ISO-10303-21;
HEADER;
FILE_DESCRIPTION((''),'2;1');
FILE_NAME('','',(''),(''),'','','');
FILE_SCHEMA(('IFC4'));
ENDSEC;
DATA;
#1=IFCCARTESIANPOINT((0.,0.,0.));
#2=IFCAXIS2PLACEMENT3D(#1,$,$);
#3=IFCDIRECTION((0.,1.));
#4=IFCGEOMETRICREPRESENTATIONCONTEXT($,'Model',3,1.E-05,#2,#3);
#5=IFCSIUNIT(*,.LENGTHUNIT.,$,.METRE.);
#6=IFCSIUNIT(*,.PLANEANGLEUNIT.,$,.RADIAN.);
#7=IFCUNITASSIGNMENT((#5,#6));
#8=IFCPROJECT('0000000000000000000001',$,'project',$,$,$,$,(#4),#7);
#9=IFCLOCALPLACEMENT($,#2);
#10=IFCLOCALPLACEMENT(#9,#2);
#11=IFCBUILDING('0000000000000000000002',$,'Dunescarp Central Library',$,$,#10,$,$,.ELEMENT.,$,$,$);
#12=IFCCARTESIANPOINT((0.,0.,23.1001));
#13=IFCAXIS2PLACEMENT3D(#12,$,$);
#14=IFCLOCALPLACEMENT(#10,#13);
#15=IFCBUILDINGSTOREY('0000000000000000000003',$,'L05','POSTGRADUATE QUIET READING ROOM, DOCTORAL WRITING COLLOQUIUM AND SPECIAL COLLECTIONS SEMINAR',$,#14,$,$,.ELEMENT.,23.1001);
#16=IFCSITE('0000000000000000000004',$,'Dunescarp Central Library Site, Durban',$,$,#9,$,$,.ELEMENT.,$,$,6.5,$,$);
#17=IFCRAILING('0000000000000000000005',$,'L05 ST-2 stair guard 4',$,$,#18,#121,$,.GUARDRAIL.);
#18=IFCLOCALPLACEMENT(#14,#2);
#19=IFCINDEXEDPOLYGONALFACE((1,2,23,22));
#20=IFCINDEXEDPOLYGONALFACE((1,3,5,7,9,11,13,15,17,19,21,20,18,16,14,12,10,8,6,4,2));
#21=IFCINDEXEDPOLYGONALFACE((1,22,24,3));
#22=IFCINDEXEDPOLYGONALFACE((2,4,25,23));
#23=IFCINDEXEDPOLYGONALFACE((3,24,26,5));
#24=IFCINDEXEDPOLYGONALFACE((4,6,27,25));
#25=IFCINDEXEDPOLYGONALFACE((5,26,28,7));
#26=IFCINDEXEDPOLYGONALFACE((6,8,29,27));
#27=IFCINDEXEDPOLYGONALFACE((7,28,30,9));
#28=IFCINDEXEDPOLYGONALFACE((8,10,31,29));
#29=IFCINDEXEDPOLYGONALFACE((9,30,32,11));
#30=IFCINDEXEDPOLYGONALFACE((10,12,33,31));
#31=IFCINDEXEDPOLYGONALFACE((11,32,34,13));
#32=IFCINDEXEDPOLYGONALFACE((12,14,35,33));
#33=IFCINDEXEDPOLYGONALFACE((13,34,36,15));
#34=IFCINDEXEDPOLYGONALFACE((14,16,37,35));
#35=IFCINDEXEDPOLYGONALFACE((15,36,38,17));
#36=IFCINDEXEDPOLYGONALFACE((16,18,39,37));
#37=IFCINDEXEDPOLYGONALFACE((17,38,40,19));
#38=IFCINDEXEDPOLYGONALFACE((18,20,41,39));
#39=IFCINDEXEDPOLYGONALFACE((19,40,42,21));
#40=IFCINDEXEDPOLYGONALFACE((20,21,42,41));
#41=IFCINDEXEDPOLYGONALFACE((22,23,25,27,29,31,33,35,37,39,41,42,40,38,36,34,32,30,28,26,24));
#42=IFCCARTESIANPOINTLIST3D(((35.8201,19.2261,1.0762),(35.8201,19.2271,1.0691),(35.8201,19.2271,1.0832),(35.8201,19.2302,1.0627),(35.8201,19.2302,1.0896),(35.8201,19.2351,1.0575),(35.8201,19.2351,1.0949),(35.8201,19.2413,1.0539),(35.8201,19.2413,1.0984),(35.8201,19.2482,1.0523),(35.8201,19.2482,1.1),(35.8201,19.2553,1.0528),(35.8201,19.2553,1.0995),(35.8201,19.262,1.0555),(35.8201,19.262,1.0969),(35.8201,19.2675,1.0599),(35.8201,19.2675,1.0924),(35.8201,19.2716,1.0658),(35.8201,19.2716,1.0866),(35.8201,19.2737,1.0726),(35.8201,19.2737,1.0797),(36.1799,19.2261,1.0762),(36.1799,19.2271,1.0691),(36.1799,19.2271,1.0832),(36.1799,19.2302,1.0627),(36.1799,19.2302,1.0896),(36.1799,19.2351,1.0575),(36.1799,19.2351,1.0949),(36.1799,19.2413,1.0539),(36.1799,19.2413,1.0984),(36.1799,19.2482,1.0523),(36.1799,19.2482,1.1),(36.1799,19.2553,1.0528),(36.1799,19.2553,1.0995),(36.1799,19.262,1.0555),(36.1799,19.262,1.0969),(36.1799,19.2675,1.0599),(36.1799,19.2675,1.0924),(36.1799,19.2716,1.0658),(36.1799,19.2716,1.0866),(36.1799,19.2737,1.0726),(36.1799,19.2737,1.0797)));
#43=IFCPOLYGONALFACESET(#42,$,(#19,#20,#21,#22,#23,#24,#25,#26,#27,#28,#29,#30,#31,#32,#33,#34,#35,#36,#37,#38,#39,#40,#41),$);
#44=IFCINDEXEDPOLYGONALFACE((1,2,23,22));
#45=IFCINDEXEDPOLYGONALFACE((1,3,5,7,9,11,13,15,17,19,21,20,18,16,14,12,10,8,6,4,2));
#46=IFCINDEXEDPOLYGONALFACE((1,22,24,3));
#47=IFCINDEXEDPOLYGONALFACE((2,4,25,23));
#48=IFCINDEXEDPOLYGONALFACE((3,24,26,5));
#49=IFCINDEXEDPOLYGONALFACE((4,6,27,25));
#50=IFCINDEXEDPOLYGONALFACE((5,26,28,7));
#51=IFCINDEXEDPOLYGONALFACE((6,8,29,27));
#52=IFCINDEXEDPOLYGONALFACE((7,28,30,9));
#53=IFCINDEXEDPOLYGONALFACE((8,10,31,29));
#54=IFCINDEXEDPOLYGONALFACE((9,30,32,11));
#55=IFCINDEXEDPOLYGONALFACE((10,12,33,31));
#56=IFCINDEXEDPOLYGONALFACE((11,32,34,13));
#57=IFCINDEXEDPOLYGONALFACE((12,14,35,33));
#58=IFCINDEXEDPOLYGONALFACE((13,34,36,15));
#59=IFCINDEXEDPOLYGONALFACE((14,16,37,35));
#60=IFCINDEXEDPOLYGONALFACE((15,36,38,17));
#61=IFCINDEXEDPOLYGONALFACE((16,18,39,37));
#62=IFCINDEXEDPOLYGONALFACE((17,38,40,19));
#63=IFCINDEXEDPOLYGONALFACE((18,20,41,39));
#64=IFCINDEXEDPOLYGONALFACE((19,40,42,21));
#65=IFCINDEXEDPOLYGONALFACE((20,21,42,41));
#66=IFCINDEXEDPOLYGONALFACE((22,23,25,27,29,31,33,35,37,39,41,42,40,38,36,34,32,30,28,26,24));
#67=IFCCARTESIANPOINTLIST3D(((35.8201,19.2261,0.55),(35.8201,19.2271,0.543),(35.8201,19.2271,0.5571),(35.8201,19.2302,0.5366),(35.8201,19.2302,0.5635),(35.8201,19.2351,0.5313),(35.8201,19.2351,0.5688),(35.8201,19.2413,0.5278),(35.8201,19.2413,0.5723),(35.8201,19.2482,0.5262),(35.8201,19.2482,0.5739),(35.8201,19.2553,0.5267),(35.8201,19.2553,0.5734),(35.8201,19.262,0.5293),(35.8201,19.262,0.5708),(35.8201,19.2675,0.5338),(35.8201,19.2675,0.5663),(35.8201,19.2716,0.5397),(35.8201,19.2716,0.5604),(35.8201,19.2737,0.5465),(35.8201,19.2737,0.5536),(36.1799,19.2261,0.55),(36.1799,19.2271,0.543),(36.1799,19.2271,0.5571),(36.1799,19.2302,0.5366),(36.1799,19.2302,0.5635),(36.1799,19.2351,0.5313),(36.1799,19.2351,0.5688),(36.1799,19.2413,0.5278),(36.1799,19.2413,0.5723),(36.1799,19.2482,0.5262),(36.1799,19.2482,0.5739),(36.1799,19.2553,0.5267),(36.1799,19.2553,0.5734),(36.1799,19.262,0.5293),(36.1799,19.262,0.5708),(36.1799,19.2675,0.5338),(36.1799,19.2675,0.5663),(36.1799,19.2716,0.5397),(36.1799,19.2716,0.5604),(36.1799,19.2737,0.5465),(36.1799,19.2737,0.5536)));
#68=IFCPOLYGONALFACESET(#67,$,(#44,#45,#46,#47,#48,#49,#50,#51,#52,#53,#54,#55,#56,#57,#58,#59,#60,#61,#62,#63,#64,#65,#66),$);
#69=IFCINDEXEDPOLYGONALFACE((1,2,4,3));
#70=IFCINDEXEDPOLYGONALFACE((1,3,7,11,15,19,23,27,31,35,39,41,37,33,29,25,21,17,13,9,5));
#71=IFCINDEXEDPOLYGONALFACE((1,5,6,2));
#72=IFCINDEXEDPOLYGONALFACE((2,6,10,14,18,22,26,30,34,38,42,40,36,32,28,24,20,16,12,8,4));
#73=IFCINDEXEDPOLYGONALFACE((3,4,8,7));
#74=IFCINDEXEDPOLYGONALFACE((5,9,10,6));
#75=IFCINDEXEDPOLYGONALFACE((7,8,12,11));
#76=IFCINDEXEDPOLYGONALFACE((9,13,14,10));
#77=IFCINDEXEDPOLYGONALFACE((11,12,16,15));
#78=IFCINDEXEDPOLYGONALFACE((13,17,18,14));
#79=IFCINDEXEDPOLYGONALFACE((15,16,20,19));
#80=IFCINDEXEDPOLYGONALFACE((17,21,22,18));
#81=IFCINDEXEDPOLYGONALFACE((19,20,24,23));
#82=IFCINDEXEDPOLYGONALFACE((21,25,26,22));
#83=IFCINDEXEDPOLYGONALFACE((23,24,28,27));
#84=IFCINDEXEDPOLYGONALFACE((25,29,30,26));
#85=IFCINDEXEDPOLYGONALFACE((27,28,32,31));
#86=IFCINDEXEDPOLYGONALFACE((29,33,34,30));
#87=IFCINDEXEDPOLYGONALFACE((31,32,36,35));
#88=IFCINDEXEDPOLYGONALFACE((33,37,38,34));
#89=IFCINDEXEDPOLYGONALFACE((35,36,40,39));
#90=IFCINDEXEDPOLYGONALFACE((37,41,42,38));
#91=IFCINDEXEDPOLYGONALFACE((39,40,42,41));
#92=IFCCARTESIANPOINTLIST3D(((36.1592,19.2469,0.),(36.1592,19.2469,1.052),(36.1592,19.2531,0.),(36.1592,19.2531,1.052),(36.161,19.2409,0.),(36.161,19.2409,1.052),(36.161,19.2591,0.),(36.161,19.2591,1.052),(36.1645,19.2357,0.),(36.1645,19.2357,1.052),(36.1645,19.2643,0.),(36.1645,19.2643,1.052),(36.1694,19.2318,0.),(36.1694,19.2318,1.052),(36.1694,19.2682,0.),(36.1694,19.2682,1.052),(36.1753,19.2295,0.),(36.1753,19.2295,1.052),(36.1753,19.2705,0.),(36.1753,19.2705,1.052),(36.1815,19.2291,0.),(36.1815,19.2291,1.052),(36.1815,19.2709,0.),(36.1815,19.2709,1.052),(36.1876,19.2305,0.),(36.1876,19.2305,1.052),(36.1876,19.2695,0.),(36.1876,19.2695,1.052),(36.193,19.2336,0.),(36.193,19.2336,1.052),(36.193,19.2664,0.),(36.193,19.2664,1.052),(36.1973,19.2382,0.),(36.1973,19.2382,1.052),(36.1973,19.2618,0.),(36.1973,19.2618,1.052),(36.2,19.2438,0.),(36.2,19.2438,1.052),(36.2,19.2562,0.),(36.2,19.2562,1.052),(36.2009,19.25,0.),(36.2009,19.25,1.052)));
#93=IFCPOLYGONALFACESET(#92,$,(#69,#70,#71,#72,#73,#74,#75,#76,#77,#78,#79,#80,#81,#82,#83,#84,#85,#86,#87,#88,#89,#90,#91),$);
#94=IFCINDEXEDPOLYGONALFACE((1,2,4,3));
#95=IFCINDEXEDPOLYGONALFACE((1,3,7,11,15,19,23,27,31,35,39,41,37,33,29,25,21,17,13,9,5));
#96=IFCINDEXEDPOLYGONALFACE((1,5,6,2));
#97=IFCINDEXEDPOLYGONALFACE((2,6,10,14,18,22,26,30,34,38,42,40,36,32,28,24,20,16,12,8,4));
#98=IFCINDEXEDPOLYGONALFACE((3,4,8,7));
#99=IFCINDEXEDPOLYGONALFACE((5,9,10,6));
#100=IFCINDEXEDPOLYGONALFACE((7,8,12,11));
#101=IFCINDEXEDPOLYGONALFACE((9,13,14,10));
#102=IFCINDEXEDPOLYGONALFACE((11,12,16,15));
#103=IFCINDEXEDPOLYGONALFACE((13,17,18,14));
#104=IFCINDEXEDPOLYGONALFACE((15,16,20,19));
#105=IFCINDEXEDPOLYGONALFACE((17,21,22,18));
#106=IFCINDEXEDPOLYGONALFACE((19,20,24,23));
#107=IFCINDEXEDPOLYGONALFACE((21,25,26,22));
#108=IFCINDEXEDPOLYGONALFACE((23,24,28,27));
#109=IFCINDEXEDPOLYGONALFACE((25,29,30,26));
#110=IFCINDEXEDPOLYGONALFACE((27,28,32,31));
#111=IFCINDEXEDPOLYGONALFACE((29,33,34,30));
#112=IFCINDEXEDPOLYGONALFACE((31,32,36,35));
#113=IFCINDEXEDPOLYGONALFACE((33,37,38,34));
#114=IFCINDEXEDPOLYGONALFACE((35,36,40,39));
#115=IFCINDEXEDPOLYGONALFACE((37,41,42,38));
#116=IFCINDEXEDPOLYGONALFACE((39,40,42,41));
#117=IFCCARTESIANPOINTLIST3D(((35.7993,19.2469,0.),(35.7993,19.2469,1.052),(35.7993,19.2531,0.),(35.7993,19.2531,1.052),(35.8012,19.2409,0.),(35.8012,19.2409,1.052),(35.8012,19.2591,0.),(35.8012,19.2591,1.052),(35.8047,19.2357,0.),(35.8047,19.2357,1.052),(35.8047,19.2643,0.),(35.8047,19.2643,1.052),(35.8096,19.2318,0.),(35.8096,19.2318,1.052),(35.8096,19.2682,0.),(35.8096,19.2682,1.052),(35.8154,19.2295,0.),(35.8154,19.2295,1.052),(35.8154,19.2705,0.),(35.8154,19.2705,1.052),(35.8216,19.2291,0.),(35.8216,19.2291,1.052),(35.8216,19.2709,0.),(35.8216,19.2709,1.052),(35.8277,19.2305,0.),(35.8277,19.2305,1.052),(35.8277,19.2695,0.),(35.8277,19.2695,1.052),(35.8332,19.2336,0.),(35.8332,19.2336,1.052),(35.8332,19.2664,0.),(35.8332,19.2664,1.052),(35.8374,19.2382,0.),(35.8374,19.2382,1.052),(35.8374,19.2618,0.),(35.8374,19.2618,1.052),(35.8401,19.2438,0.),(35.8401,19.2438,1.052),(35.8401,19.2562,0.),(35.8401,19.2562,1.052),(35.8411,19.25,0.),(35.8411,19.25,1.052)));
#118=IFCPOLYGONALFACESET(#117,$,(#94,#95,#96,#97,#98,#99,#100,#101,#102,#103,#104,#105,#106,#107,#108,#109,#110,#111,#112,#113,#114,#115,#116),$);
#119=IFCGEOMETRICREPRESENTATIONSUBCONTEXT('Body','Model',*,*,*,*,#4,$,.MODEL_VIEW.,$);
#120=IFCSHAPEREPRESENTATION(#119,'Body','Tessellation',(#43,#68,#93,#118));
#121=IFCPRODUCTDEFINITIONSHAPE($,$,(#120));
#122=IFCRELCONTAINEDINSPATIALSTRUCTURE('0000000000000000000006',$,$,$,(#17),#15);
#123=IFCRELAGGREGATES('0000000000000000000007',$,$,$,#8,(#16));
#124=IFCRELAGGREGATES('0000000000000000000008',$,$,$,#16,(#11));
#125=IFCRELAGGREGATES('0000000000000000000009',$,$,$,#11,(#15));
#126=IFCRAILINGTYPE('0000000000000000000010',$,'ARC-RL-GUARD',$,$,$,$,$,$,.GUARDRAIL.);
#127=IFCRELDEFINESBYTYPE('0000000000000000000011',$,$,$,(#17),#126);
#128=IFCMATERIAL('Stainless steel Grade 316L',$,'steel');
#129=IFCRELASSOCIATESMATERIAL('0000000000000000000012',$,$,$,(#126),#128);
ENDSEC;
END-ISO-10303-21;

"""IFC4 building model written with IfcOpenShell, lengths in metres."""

from ifc_helpers import new_model, si_unit, direction, frame, origin, origin_2d, place, context, subcontext, project, spatial, circle, extrude, material, type_object, element, save


model = new_model("IFC4")

# Units and contexts
model_context = context("Model", 3, precision=1e-05, world=origin(), true_north=direction((0.0, 1.0)))
body_context = subcontext(model_context, "Body", "Model", "MODEL_VIEW")
ifc_project = project(units=[si_unit("LENGTHUNIT", "METRE"), si_unit("PLANEANGLEUNIT", "RADIAN")], contexts=[model_context])

# Site, building, storey
site_placement = place(None, origin())
site = spatial("IfcSite", under=ifc_project, at=site_placement, Name="Dunescarp Central Library Site, Durban", CompositionType="ELEMENT", RefElevation=6.5)
building_placement = place(site_placement, origin())
building = spatial("IfcBuilding", under=site, at=building_placement, Name="Dunescarp Central Library", CompositionType="ELEMENT")
storey_placement = place(building_placement, frame((0.0, 0.0, 23.1001)))
storey = spatial("IfcBuildingStorey", under=building, at=storey_placement, Name="L05", Description="POSTGRADUATE QUIET READING ROOM, DOCTORAL WRITING COLLOQUIUM AND SPECIAL COLLECTIONS SEMINAR", CompositionType="ELEMENT", Elevation=23.1001)

# Railing
ifc_material_1 = material(Name="Stainless steel Grade 316L", Category="steel")
railing_type_1 = type_object("IfcRailingType", Name="ARC-RL-GUARD", PredefinedType="GUARDRAIL", material=ifc_material_1)
railing_1_placement = place(storey_placement, frame((36.1799, 19.25, 0.0)))
element("IfcRailing", 1, at=railing_1_placement, inside=storey, type_object=railing_type_1, Name="L05 ST-2 stair guard 4", PredefinedType="GUARDRAIL", context=body_context, shape_type="SweptSolid", body=[
    extrude(circle(Radius=0.0239, at=origin_2d()), frame((0.0, 0.0, 1.0762), z_axis=(-1.0, 0.0, 0.0), x_axis=(0.0, -1.0, 0.0)), (0.0, 0.0, 1.0), 0.3599),
    extrude(circle(Radius=0.0239, at=origin_2d()), frame((0.0, 0.0, 0.55), z_axis=(-1.0, 0.0, 0.0), x_axis=(0.0, -1.0, 0.0)), (0.0, 0.0, 1.0), 0.3599),
    extrude(circle(Radius=0.021, at=origin_2d()), origin(), (0.0, 0.0, 1.0), 1.052),
    extrude(circle(Radius=0.021, at=origin_2d()), frame((-0.3599, 0.0, 0.0)), (0.0, 0.0, 1.0), 1.052),
])

save(model, "model.ifc")
